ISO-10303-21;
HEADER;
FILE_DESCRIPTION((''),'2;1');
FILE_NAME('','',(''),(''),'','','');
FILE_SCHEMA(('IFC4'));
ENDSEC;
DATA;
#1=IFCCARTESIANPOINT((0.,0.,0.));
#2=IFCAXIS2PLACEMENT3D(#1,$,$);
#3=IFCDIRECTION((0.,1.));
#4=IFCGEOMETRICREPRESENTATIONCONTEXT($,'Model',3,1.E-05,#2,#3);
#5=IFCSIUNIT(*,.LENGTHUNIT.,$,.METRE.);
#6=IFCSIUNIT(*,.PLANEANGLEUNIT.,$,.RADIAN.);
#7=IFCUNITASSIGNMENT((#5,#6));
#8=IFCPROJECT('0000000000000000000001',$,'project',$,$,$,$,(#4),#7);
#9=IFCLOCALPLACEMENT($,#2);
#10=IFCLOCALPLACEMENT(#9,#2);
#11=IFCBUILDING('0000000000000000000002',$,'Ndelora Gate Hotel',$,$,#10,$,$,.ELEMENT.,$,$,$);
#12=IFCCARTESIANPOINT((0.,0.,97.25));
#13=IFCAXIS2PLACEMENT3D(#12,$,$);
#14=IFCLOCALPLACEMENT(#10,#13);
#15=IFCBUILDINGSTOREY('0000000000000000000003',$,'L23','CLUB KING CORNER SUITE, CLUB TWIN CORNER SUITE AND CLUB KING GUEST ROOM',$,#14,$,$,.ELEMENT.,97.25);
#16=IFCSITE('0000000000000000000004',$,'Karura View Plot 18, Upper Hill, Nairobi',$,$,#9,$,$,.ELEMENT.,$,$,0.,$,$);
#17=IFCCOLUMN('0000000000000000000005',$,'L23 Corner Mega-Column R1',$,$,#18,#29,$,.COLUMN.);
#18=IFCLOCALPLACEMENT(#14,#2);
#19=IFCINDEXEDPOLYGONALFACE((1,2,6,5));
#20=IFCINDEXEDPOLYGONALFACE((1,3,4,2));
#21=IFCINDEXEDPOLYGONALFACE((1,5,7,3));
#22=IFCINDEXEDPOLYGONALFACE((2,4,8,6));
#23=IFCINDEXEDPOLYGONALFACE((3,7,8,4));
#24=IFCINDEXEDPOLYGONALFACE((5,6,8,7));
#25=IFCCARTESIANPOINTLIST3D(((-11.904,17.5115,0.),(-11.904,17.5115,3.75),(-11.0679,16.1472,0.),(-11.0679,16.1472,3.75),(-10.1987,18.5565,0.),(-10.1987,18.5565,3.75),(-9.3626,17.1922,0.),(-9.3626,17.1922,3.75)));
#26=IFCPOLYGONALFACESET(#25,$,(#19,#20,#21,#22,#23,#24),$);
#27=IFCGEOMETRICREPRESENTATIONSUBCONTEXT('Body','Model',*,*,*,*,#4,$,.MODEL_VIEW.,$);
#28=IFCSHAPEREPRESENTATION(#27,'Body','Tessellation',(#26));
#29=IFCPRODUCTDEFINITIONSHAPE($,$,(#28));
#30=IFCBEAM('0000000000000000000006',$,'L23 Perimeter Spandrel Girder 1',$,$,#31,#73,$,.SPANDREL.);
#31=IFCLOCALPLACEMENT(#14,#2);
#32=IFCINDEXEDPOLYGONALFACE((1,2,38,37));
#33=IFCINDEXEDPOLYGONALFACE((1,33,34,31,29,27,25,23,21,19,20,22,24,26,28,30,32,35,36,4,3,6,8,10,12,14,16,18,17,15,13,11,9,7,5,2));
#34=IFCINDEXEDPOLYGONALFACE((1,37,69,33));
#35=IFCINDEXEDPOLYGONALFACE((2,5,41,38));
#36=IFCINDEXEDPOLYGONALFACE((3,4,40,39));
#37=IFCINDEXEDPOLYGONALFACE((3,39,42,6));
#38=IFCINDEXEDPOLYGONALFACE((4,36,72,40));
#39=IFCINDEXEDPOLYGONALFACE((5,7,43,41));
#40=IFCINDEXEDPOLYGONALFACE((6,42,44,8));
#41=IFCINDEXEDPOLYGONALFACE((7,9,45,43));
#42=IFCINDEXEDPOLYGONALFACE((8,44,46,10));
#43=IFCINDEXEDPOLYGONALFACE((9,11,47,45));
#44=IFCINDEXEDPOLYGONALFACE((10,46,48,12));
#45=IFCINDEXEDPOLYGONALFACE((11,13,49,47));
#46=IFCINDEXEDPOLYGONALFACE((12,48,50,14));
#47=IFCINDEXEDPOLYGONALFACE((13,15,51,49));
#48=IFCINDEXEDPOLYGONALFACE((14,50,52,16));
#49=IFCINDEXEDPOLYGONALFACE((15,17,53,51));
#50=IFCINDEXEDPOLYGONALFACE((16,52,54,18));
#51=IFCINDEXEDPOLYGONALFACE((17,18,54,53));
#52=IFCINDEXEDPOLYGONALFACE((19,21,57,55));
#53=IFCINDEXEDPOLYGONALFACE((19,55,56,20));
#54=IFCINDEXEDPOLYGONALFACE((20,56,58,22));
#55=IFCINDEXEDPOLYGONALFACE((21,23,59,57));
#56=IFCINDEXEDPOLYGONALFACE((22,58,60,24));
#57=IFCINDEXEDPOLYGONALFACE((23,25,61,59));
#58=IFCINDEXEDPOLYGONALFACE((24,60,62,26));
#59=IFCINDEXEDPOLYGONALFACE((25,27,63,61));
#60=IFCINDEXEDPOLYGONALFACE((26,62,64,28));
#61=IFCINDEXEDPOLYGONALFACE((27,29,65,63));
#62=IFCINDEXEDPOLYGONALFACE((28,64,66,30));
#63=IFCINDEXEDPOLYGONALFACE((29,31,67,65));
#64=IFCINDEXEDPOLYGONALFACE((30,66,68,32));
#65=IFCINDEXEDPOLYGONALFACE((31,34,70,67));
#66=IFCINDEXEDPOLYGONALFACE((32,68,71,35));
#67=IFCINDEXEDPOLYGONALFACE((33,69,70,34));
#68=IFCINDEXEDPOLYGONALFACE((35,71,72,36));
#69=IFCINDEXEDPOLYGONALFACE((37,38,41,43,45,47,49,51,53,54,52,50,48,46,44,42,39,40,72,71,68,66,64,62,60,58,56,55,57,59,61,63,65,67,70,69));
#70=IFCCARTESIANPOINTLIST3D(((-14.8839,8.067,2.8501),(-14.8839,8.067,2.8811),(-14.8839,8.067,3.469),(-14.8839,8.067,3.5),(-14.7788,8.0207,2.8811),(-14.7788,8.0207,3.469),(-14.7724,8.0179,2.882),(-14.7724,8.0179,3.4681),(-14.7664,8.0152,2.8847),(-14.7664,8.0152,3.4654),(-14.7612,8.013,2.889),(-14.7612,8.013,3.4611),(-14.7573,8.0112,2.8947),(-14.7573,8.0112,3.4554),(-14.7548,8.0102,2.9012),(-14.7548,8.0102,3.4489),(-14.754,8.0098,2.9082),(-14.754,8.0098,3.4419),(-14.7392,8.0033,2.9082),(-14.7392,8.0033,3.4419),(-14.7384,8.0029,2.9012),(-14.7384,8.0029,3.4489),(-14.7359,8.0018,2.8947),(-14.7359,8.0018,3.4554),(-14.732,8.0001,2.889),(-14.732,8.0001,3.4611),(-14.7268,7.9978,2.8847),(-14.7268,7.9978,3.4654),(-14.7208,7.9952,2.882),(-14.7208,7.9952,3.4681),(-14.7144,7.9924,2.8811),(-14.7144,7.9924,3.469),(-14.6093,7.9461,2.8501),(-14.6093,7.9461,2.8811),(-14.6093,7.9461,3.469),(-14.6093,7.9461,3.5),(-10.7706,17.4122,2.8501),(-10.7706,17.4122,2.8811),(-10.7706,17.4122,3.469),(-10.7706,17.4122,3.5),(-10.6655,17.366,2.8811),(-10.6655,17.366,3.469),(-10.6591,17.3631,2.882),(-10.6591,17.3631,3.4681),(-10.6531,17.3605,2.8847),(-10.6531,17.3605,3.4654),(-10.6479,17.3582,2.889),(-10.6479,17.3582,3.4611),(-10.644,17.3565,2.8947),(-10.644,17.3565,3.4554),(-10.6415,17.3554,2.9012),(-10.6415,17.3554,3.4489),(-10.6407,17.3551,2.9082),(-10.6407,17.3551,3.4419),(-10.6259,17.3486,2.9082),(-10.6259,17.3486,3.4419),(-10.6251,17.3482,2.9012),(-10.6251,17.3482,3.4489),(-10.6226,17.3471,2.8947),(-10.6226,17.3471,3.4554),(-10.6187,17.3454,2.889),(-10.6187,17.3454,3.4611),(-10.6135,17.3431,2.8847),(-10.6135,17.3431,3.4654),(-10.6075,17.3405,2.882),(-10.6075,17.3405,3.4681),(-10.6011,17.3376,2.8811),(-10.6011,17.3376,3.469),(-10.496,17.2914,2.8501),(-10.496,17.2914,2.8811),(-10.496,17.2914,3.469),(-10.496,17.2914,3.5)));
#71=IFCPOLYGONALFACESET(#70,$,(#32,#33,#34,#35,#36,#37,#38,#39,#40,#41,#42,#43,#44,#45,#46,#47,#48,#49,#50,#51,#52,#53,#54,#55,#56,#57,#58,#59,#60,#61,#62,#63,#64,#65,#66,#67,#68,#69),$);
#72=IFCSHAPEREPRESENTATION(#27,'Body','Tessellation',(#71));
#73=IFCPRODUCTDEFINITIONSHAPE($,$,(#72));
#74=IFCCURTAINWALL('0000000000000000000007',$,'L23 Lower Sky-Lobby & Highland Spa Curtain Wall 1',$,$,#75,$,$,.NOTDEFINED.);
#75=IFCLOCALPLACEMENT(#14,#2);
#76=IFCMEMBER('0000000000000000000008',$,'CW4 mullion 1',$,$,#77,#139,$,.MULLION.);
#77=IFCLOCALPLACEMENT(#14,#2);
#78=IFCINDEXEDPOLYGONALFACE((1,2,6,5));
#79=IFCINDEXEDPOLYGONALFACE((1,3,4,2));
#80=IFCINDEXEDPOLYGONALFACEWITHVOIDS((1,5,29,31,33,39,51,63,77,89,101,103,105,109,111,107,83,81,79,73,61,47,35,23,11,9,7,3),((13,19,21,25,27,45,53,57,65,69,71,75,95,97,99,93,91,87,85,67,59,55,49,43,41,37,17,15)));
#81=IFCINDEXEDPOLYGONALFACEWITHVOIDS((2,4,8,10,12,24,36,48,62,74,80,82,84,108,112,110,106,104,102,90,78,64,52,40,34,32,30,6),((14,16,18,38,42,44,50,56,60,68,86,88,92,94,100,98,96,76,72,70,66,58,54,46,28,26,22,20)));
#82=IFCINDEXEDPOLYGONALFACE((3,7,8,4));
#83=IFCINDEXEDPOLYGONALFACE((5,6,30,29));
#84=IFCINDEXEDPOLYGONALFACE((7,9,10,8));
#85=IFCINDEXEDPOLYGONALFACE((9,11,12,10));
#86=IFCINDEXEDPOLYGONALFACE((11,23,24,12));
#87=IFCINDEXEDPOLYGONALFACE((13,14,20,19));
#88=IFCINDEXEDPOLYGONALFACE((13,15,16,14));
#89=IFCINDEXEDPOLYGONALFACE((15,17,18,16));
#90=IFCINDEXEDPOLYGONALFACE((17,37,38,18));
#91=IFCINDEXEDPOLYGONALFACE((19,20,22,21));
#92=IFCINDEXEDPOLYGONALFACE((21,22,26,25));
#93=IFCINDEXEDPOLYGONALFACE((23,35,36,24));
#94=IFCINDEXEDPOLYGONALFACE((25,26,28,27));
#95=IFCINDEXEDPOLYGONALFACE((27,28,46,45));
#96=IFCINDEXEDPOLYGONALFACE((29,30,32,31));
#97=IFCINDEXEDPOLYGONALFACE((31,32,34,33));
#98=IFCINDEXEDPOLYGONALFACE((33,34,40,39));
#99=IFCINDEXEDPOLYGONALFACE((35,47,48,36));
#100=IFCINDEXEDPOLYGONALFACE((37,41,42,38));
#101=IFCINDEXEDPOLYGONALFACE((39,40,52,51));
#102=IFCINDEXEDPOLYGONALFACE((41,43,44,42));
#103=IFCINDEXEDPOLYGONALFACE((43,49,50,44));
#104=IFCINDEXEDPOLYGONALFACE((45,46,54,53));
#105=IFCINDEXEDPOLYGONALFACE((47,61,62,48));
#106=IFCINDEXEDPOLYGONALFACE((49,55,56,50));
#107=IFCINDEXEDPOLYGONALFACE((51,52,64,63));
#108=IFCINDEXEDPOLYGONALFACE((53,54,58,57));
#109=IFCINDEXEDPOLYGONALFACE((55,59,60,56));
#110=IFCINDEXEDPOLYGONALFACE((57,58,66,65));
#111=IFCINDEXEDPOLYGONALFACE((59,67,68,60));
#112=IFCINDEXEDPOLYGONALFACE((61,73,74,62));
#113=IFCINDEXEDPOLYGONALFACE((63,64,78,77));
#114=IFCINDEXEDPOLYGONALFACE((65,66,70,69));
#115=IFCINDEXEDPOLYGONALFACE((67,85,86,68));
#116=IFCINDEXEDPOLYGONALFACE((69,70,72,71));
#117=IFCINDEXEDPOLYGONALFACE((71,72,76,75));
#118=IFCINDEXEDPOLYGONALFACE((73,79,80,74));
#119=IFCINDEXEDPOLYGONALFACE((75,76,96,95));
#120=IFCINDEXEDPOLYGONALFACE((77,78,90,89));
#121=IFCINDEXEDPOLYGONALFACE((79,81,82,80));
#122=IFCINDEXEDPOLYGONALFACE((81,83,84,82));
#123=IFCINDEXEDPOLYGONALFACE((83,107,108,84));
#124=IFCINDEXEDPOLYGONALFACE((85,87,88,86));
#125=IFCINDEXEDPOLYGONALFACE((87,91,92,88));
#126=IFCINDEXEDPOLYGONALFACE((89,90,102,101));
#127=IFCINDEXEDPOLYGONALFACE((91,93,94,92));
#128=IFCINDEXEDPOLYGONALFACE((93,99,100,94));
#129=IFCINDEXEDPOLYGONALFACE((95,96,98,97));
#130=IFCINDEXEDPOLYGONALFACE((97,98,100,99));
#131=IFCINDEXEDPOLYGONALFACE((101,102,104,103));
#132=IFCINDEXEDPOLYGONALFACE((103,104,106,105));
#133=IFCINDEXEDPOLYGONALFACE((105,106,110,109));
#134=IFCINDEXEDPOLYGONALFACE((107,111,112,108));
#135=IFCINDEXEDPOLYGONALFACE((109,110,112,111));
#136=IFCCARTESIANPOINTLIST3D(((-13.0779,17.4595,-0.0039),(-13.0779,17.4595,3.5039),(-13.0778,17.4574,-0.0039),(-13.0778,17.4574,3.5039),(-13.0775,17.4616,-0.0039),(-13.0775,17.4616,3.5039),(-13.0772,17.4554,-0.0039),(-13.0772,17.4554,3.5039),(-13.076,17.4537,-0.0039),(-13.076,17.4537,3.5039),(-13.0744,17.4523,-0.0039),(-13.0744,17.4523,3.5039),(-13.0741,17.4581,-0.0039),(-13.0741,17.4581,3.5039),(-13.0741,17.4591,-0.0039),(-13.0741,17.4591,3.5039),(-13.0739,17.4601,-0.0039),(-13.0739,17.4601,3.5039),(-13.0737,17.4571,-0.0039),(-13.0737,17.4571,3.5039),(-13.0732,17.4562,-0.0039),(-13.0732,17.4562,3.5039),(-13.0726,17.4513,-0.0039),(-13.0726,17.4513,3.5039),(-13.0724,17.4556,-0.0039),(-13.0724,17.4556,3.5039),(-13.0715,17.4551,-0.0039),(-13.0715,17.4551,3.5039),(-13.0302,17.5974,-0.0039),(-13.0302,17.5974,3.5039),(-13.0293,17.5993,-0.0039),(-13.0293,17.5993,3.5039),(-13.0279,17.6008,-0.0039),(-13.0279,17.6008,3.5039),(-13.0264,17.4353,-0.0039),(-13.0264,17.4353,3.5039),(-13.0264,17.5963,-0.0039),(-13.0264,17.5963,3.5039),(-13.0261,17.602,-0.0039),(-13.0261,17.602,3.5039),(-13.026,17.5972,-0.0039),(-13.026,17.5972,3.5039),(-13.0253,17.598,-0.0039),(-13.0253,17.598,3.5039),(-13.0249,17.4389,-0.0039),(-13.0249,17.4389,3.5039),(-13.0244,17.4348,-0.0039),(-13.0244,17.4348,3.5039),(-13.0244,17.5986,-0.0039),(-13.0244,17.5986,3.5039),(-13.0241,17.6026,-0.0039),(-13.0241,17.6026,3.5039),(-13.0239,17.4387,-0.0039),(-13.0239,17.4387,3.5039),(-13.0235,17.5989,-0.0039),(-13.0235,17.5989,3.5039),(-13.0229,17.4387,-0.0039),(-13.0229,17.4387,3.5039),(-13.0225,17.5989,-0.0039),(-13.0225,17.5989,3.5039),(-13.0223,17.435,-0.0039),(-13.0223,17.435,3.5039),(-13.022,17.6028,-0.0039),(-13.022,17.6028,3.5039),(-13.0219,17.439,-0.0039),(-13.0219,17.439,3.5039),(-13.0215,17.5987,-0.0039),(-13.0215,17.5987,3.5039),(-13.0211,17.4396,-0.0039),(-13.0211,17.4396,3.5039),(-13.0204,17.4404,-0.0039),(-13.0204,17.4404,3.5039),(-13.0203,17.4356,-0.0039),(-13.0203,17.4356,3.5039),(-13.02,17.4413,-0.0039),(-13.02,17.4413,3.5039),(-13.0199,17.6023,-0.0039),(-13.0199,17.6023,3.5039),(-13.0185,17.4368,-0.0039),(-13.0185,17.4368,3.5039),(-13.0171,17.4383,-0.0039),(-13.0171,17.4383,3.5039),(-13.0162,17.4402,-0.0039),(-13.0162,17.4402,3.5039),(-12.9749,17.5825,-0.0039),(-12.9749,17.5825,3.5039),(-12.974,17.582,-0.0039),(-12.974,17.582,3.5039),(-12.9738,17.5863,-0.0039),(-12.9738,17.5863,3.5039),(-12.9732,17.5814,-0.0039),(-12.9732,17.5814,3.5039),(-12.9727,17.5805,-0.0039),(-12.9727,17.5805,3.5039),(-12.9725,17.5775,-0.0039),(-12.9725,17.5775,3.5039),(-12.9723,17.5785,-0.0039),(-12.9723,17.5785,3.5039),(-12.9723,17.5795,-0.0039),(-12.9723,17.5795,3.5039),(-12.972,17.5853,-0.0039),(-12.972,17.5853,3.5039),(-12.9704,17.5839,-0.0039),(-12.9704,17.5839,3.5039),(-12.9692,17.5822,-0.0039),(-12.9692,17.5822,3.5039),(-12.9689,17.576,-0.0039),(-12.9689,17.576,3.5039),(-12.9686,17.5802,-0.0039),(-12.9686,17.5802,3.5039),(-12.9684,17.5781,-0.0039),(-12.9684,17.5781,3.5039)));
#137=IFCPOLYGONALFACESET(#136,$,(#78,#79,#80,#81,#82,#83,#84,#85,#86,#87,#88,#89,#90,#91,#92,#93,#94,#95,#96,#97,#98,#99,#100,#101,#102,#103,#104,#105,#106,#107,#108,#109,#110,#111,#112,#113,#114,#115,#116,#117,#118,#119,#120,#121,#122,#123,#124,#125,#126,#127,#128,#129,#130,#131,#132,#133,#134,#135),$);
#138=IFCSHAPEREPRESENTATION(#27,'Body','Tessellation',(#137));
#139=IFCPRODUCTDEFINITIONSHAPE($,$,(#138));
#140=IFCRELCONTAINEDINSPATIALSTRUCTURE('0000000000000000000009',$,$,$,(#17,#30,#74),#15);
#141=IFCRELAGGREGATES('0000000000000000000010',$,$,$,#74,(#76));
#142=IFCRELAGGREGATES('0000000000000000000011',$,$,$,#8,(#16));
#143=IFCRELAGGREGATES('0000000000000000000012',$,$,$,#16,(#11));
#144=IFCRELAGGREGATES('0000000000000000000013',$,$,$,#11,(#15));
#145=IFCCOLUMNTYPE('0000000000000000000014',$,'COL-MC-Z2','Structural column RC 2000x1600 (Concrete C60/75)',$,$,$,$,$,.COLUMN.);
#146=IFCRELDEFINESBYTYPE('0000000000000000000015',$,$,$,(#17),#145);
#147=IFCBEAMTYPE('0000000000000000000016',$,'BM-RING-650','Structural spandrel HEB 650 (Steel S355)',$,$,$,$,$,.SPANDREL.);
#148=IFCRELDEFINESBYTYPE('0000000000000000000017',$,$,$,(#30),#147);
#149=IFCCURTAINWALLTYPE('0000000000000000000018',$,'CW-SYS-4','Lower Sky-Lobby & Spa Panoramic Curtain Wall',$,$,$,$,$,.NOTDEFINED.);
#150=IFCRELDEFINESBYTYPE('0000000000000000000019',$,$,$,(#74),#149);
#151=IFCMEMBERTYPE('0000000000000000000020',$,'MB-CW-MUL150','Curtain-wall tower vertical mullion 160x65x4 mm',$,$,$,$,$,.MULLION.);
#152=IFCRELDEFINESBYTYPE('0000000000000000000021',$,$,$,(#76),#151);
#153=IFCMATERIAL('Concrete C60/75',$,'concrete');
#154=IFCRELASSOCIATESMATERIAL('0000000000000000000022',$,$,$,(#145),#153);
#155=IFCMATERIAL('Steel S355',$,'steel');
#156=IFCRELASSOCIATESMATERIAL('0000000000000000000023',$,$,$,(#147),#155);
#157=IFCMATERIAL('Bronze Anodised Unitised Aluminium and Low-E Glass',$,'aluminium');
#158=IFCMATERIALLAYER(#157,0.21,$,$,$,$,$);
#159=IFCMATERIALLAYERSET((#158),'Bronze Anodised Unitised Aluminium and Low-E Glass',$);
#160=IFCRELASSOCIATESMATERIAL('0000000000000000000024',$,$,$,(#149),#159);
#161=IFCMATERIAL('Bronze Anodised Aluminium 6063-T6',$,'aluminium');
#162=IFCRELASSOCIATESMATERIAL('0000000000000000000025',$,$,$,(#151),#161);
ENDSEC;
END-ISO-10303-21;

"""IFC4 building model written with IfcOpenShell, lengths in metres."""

from ifc_helpers import new_model, si_unit, direction, frame, origin, origin_2d, place, context, subcontext, project, spatial, rectangle, hollow_rectangle, i_section, extrude, material, layer, layer_set, material_profile, profile_set, type_object, element, aggregate, save


model = new_model("IFC4")

# Units and contexts
model_context = context("Model", 3, precision=1e-05, world=origin(), true_north=direction((0.0, 1.0)))
body_context = subcontext(model_context, "Body", "Model", "MODEL_VIEW")
ifc_project = project(units=[si_unit("LENGTHUNIT", "METRE"), si_unit("PLANEANGLEUNIT", "RADIAN")], contexts=[model_context])

# Site, building, storey
site_placement = place(None, origin())
site = spatial("IfcSite", under=ifc_project, at=site_placement, Name="Karura View Plot 18, Upper Hill, Nairobi", CompositionType="ELEMENT", RefElevation=0.0)
building_placement = place(site_placement, origin())
building = spatial("IfcBuilding", under=site, at=building_placement, Name="Ndelora Gate Hotel", CompositionType="ELEMENT")
storey_placement = place(building_placement, frame((0.0, 0.0, 97.25)))
storey = spatial("IfcBuildingStorey", under=building, at=storey_placement, Name="L23", Description="CLUB KING CORNER SUITE, CLUB TWIN CORNER SUITE AND CLUB KING GUEST ROOM", CompositionType="ELEMENT", Elevation=97.25)

# Column
ifc_material_1 = material(Name="Concrete C60/75", Category="concrete")
ifc_material_profile_1 = material_profile(ifc_material_1, rectangle(XDim=1.6001, YDim=2.0, at=origin_2d()), Name="RC 2000x1600")
ifc_profile_set_1 = profile_set([ifc_material_profile_1], Name="Concrete C60/75")
column_type = type_object("IfcColumnType", Name="COL-MC-Z2", Description="Structural column RC 2000x1600 (Concrete C60/75)", PredefinedType="COLUMN", material=ifc_profile_set_1)
column_placement = place(storey_placement, frame((-10.6333, 17.3518, 0.0), z_axis=(0.0, 0.0, 1.0), x_axis=(-0.522499, 0.85264, 0.0)))
element("IfcColumn", 1, at=column_placement, inside=storey, type_object=column_type, Name="L23 Corner Mega-Column R1", PredefinedType="COLUMN", context=body_context, shape_type="SweptSolid", body=[
    extrude(rectangle(XDim=1.6001, YDim=2.0, at=origin_2d()), origin(), (0.0, 0.0, 1.0), 3.75),
])

# Beam
ifc_material_2 = material(Name="Steel S355", Category="steel")
ifc_material_profile_2 = material_profile(ifc_material_2, i_section(OverallWidth=0.3, OverallDepth=0.6499, WebThickness=0.0161, FlangeThickness=0.031, FilletRadius=0.0271, at=origin_2d()), Name="HEB 650")
ifc_profile_set_2 = profile_set([ifc_material_profile_2], Name="Steel S355")
beam_type = type_object("IfcBeamType", Name="BM-RING-650", Description="Structural spandrel HEB 650 (Steel S355)", PredefinedType="SPANDREL", material=ifc_profile_set_2)
beam_placement = place(storey_placement, frame((-10.6333, 17.3518, 3.175), z_axis=(-0.402852, -0.915265, 0.0), x_axis=(0.915265, -0.402852, 0.0)))
element("IfcBeam", 2, at=beam_placement, inside=storey, type_object=beam_type, Name="L23 Perimeter Spandrel Girder 1", PredefinedType="SPANDREL", context=body_context, shape_type="SweptSolid", body=[
    extrude(i_section(OverallWidth=0.3, OverallDepth=0.6499, WebThickness=0.0161, FlangeThickness=0.031, FilletRadius=0.0271, at=origin_2d()), origin(), (0.0, 0.0, 1.0), 10.2104),
])

# Curtain wall, member
ifc_material_3 = material(Name="Bronze Anodised Unitised Aluminium and Low-E Glass", Category="aluminium")
ifc_layer_1 = layer(ifc_material_3, 0.21)
ifc_layer_set_1 = layer_set([ifc_layer_1], Name="Bronze Anodised Unitised Aluminium and Low-E Glass")
curtain_wall_type = type_object("IfcCurtainWallType", Name="CW-SYS-4", Description="Lower Sky-Lobby & Spa Panoramic Curtain Wall", PredefinedType="NOTDEFINED", material=ifc_layer_set_1)
curtain_wall_placement = place(storey_placement, origin())
curtain_wall = element("IfcCurtainWall", 3, at=curtain_wall_placement, inside=storey, type_object=curtain_wall_type, Name="L23 Lower Sky-Lobby & Highland Spa Curtain Wall 1", PredefinedType="NOTDEFINED")
ifc_material_4 = material(Name="Bronze Anodised Aluminium 6063-T6", Category="aluminium")
ifc_material_profile_3 = material_profile(ifc_material_4, hollow_rectangle(XDim=0.0649, YDim=0.1599, WallThickness=0.0039, InnerFilletRadius=0.0039, OuterFilletRadius=0.0081, at=origin_2d()), Name="ALU 160x65x4")
ifc_profile_set_3 = profile_set([ifc_material_profile_3], Name="Bronze Anodised Aluminium 6063-T6")
member_type_1 = type_object("IfcMemberType", Name="MB-CW-MUL150", Description="Curtain-wall tower vertical mullion 160x65x4 mm", PredefinedType="MULLION", material=ifc_profile_set_3)
member_1_placement = place(storey_placement, frame((-13.0232, 17.5188, -0.0039), z_axis=(0.0, 0.0, 1.0), x_axis=(0.944327, -0.329008, 0.0)))
member_1 = element("IfcMember", 4, at=member_1_placement, type_object=member_type_1, Name="CW4 mullion 1", PredefinedType="MULLION", context=body_context, shape_type="SweptSolid", body=[
    extrude(hollow_rectangle(XDim=0.0649, YDim=0.1599, WallThickness=0.0039, InnerFilletRadius=0.0039, OuterFilletRadius=0.0081, at=origin_2d()), origin(), (0.0, 0.0, 1.0), 3.5078),
])
aggregate(curtain_wall, [member_1])

save(model, "model.ifc")
